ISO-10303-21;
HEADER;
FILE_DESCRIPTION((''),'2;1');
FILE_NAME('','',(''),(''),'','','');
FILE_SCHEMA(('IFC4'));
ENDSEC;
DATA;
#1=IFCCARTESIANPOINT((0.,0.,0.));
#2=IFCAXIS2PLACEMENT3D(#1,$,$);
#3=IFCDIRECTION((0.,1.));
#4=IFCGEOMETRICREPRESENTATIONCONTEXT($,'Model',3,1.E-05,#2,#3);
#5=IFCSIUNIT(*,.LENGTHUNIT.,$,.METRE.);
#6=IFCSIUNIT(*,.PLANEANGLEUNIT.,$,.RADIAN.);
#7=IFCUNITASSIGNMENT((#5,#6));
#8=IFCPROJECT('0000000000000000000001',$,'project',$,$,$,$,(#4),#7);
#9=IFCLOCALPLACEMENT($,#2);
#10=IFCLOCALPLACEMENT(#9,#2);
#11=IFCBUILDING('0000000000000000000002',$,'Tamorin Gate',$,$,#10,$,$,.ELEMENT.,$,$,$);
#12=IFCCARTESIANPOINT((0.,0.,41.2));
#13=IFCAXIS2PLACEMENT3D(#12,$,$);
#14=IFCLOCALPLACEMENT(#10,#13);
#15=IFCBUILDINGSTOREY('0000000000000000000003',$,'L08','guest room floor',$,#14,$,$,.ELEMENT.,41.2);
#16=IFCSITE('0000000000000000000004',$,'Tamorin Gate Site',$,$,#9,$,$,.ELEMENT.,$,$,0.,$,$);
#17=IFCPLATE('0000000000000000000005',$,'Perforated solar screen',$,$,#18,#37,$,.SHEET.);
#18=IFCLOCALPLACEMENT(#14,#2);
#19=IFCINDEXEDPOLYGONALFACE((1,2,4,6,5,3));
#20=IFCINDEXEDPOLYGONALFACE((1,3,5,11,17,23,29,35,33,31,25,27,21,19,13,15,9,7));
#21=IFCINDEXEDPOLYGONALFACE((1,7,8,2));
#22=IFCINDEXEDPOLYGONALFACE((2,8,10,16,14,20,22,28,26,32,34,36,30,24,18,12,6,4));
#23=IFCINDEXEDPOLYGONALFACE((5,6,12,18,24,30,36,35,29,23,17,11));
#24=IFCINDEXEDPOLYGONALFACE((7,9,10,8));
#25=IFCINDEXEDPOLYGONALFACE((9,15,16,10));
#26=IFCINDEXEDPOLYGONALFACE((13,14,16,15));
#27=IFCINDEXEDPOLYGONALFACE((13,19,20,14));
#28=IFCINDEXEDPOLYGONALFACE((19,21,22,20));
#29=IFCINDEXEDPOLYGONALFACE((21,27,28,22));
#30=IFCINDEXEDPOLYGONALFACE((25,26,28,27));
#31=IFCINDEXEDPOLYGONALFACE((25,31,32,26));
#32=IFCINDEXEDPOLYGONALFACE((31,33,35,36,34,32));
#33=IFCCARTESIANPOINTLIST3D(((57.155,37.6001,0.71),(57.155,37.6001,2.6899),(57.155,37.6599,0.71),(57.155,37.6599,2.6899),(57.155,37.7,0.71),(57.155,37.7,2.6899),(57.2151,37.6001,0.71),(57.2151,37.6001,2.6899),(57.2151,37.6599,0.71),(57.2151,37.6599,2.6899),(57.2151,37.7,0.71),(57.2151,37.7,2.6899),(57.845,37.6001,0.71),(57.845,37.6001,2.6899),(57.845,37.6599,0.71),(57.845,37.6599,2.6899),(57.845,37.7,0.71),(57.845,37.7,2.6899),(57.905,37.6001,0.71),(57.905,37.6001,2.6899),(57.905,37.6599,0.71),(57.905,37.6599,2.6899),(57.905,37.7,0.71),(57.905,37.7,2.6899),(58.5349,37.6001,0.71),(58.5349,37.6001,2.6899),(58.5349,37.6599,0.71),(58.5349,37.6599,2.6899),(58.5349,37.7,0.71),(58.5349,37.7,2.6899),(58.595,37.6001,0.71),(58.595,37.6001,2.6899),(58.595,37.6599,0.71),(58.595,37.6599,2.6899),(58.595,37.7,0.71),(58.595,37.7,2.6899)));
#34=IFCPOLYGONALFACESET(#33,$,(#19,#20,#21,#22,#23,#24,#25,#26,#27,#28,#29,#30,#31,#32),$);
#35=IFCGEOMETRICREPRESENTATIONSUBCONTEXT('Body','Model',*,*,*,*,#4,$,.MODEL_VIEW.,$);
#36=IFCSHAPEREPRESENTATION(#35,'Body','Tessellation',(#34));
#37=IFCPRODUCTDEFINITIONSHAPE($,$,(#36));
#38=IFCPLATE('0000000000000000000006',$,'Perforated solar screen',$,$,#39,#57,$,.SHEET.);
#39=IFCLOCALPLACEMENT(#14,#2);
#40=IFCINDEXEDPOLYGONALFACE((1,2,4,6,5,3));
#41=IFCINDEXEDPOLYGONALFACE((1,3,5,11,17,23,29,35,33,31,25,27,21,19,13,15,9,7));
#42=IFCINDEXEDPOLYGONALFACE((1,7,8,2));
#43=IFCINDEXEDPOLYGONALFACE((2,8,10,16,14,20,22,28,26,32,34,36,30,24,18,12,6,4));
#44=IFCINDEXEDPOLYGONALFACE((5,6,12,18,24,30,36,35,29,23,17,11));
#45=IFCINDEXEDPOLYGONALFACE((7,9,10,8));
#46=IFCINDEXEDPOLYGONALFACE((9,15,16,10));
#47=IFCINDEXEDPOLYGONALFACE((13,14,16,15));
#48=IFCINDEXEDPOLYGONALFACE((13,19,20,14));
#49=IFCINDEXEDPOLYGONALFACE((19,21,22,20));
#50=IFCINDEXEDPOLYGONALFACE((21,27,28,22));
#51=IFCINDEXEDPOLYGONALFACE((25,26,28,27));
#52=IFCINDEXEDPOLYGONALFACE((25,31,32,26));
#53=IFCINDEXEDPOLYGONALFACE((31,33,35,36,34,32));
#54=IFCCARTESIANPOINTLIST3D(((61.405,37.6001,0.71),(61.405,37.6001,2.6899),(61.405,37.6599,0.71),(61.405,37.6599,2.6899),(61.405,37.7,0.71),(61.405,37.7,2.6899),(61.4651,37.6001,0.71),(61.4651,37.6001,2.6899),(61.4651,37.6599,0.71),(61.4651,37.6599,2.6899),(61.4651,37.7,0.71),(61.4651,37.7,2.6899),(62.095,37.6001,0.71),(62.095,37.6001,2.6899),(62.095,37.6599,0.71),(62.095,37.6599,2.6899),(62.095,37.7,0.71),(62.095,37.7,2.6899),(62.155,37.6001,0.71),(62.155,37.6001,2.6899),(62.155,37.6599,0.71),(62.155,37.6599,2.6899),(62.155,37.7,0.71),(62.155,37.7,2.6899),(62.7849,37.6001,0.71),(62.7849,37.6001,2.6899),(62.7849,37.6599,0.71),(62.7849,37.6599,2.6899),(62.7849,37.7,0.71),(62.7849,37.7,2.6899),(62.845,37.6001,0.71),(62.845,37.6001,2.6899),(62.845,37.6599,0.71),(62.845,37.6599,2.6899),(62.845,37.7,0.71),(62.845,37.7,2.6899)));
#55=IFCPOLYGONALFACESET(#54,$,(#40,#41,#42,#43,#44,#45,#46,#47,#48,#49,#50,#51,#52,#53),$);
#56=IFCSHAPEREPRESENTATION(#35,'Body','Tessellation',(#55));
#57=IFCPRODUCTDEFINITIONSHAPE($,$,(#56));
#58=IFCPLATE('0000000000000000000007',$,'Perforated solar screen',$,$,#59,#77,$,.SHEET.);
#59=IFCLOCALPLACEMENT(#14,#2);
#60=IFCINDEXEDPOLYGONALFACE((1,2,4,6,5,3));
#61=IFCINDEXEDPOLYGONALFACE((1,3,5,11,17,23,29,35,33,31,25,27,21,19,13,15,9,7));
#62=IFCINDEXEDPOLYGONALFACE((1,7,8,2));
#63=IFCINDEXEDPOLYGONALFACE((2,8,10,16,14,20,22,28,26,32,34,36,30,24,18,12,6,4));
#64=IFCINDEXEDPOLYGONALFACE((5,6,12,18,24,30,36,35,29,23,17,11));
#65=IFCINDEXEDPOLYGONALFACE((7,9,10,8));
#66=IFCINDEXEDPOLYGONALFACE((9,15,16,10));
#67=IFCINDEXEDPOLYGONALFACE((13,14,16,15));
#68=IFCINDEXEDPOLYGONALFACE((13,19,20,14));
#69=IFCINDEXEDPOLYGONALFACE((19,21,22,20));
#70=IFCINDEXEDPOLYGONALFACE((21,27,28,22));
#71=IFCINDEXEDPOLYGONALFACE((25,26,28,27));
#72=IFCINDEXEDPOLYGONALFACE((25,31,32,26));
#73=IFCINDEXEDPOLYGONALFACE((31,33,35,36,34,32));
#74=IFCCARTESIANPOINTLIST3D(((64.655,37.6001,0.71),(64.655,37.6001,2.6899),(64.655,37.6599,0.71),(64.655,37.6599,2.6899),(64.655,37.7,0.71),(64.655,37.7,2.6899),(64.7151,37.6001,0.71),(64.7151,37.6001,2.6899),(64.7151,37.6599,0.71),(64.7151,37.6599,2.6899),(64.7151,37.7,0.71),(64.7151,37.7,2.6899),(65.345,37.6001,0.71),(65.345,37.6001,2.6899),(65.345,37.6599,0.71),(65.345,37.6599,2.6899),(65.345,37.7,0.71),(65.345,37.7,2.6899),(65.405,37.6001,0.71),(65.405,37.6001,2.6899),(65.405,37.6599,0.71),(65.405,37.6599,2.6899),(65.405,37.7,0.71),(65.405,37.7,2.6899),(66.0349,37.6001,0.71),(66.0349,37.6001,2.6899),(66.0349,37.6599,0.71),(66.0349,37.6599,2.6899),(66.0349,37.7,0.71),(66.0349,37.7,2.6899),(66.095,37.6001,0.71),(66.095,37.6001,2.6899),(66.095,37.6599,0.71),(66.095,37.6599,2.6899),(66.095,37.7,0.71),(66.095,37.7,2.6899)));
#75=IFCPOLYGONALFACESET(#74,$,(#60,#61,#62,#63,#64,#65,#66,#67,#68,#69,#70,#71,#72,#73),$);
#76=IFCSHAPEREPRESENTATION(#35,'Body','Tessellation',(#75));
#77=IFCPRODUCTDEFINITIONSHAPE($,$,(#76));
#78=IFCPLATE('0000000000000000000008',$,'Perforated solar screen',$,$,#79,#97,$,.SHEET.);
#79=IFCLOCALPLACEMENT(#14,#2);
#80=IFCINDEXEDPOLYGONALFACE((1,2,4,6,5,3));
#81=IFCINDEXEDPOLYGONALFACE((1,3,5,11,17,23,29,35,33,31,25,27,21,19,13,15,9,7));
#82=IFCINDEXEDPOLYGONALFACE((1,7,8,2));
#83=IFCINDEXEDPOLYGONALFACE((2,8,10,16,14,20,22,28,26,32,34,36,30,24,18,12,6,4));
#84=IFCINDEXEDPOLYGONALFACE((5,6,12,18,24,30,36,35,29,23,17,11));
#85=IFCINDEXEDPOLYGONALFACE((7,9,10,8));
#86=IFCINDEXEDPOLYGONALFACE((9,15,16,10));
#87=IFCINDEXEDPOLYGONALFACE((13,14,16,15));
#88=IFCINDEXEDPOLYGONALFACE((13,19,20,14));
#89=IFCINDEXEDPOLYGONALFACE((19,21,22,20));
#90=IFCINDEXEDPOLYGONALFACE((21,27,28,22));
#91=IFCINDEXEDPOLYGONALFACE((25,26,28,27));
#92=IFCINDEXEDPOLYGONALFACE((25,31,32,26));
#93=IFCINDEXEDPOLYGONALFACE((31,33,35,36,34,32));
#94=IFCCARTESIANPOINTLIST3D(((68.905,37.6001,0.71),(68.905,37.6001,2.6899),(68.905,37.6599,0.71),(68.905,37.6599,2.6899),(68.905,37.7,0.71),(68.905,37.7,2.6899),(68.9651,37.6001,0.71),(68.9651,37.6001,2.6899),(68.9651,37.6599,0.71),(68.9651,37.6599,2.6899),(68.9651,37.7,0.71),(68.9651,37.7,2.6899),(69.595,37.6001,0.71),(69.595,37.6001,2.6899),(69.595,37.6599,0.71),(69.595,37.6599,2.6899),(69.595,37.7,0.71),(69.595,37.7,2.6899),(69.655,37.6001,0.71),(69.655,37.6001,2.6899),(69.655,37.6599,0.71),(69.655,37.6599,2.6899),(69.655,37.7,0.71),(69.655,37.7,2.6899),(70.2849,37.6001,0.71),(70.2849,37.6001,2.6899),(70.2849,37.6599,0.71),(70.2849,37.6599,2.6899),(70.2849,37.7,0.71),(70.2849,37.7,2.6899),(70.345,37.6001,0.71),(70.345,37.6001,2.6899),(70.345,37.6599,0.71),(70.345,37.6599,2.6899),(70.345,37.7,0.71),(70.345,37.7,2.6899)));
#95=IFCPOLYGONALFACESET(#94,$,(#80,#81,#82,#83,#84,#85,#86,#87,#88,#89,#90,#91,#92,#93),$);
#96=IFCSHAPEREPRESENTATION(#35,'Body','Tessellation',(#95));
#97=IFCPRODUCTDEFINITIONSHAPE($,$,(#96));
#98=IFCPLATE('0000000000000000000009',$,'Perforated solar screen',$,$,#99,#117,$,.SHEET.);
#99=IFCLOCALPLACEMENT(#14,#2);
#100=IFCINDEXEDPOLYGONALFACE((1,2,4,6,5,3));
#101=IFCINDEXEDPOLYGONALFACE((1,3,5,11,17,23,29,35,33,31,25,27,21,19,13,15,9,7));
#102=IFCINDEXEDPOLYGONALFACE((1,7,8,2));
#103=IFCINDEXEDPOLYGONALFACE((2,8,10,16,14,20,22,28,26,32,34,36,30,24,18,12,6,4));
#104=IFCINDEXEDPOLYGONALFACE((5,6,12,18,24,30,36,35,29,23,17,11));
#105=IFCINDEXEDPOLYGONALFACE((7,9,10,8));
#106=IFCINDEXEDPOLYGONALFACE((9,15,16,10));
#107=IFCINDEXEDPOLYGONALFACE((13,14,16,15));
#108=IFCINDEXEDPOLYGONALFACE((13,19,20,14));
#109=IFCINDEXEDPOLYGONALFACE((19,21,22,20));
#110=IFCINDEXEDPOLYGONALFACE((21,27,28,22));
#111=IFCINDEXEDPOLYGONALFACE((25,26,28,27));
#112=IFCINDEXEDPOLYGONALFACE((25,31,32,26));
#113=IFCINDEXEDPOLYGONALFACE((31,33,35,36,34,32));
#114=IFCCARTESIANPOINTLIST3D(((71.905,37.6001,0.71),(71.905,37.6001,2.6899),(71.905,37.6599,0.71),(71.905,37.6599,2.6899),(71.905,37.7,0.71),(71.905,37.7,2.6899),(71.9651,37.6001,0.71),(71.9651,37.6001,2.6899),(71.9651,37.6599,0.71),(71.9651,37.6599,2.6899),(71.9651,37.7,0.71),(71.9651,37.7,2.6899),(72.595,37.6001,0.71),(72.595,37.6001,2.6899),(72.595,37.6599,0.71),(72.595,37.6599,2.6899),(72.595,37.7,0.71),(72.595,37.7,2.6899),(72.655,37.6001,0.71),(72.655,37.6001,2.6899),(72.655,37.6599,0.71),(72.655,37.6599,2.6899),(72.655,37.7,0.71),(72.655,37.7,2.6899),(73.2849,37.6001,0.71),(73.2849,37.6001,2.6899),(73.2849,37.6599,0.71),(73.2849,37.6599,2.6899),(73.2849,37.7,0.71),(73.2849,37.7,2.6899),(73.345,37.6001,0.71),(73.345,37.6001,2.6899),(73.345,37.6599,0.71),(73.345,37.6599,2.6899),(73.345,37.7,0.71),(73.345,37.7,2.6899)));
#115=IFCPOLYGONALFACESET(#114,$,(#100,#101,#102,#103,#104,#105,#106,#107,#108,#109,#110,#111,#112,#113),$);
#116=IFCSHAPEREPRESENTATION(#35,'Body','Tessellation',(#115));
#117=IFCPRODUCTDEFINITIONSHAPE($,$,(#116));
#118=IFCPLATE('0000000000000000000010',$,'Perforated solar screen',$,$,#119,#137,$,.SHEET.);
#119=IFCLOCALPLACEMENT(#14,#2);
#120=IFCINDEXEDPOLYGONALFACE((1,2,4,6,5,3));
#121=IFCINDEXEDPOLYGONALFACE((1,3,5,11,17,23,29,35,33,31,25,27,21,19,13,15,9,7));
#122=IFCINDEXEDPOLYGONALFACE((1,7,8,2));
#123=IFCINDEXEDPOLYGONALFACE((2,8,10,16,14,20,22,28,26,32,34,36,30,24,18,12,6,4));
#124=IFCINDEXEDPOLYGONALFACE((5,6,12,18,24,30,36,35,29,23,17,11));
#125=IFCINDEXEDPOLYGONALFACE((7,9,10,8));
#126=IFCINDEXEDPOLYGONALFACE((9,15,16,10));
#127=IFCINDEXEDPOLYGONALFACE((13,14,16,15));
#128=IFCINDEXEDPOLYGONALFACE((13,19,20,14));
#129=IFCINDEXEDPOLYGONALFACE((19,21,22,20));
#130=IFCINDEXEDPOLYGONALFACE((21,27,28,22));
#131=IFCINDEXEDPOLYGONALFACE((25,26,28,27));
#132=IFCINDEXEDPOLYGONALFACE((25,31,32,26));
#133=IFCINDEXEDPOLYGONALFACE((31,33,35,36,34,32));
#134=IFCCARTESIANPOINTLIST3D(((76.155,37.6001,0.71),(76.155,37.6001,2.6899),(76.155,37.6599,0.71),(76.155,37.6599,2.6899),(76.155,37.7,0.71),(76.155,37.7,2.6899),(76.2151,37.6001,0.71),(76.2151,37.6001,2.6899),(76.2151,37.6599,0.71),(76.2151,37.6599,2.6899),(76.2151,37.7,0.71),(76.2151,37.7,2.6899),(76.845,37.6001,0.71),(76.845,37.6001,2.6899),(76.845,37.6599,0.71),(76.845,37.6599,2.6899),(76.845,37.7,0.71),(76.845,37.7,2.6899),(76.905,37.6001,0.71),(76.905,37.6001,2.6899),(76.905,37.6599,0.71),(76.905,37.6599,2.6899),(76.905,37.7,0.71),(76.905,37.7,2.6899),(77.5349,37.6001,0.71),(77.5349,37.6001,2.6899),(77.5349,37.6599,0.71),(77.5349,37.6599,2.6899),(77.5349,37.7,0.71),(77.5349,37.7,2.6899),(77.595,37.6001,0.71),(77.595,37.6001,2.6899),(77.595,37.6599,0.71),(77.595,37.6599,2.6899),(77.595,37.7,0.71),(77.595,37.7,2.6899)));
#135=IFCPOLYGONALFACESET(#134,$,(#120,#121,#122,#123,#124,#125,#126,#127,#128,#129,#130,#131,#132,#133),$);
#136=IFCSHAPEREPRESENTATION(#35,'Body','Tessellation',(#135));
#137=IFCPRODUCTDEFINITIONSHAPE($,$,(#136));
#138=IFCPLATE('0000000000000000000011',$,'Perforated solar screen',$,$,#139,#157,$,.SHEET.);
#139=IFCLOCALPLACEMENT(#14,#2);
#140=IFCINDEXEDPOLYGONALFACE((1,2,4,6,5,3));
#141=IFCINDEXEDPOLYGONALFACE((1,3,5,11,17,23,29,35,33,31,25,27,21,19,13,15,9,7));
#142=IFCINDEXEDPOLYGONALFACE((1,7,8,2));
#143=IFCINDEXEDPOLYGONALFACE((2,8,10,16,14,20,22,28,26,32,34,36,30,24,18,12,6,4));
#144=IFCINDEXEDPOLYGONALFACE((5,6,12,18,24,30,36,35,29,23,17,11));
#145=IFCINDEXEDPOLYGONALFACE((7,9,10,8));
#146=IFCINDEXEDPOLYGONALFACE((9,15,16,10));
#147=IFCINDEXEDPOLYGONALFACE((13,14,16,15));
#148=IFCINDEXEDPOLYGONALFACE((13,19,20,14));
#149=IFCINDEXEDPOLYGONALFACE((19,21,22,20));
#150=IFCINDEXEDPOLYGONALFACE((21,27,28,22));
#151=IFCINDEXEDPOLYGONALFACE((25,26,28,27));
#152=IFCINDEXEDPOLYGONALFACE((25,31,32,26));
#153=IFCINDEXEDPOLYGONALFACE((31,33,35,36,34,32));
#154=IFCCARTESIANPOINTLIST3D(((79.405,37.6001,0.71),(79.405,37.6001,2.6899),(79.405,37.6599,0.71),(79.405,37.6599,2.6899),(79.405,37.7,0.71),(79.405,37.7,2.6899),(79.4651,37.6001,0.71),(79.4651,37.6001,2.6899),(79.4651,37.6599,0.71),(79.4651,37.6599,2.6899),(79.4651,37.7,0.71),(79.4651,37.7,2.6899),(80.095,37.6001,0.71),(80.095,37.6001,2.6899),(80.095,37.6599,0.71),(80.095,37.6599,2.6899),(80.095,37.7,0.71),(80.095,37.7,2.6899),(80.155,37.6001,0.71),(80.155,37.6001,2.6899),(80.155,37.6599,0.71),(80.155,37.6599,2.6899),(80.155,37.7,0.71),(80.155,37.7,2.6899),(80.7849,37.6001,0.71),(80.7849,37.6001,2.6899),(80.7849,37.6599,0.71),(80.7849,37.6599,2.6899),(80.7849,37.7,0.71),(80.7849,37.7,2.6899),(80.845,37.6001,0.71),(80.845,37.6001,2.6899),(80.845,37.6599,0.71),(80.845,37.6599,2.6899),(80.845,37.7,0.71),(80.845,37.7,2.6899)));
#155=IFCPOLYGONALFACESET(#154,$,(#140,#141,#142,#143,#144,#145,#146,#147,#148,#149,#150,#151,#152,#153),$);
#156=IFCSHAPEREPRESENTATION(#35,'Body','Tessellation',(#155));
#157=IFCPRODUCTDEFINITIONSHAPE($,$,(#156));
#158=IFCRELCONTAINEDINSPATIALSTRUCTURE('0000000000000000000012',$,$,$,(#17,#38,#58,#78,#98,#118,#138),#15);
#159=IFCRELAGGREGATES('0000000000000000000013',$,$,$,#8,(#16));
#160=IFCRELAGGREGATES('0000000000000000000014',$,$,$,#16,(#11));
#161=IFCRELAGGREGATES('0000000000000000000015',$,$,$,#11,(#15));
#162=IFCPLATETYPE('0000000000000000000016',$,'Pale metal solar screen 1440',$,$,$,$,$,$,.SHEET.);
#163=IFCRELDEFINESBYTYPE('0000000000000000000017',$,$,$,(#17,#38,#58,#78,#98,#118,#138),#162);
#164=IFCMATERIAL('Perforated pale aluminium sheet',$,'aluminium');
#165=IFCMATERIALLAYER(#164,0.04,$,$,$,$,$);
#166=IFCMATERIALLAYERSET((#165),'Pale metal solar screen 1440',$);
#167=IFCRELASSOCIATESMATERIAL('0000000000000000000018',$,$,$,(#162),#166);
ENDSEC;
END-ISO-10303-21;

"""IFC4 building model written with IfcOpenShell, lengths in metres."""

from ifc_helpers import new_model, si_unit, direction, frame, origin, place, context, subcontext, project, spatial, polyline, outline, extrude, material, layer, layer_set, type_object, element, save


model = new_model("IFC4")

# Units and contexts
model_context = context("Model", 3, precision=1e-05, world=origin(), true_north=direction((0.0, 1.0)))
body_context = subcontext(model_context, "Body", "Model", "MODEL_VIEW")
ifc_project = project(units=[si_unit("LENGTHUNIT", "METRE"), si_unit("PLANEANGLEUNIT", "RADIAN")], contexts=[model_context])

# Site, building, storey
site_placement = place(None, origin())
site = spatial("IfcSite", under=ifc_project, at=site_placement, Name="Tamorin Gate Site", CompositionType="ELEMENT", RefElevation=0.0)
building_placement = place(site_placement, origin())
building = spatial("IfcBuilding", under=site, at=building_placement, Name="Tamorin Gate", CompositionType="ELEMENT")
storey_placement = place(building_placement, frame((0.0, 0.0, 41.2)))
storey = spatial("IfcBuildingStorey", under=building, at=storey_placement, Name="L08", Description="guest room floor", CompositionType="ELEMENT", Elevation=41.2)

# Plates
ifc_material_1 = material(Name="Perforated pale aluminium sheet", Category="aluminium")
ifc_layer_1 = layer(ifc_material_1, 0.04)
ifc_layer_set_1 = layer_set([ifc_layer_1], Name="Pale metal solar screen 1440")
plate_type = type_object("IfcPlateType", Name="Pale metal solar screen 1440", PredefinedType="SHEET", material=ifc_layer_set_1)
plate_1_placement = place(storey_placement, frame((0.0, 0.0, 0.71)))
element("IfcPlate", 1, at=plate_1_placement, inside=storey, type_object=plate_type, Name="Perforated solar screen", PredefinedType="SHEET", context=body_context, shape_type="SweptSolid", body=[
    extrude(outline(polyline([(57.155, 37.6599), (57.155, 37.7), (57.2151, 37.7), (57.845, 37.7), (57.905, 37.7), (58.5349, 37.7), (58.595, 37.7), (58.595, 37.6599), (58.595, 37.6001), (58.5349, 37.6001), (58.5349, 37.6599), (57.905, 37.6599), (57.905, 37.6001), (57.845, 37.6001), (57.845, 37.6599), (57.2151, 37.6599), (57.2151, 37.6001), (57.155, 37.6001), (57.155, 37.6599)])), origin(), (0.0, 0.0, 1.0), 1.98),
])
plate_2_placement = place(storey_placement, frame((0.0, 0.0, 0.71)))
element("IfcPlate", 2, at=plate_2_placement, inside=storey, type_object=plate_type, Name="Perforated solar screen", PredefinedType="SHEET", context=body_context, shape_type="SweptSolid", body=[
    extrude(outline(polyline([(61.405, 37.6599), (61.405, 37.7), (61.4651, 37.7), (62.095, 37.7), (62.155, 37.7), (62.7849, 37.7), (62.845, 37.7), (62.845, 37.6599), (62.845, 37.6001), (62.7849, 37.6001), (62.7849, 37.6599), (62.155, 37.6599), (62.155, 37.6001), (62.095, 37.6001), (62.095, 37.6599), (61.4651, 37.6599), (61.4651, 37.6001), (61.405, 37.6001), (61.405, 37.6599)])), origin(), (0.0, 0.0, 1.0), 1.98),
])
plate_3_placement = place(storey_placement, frame((0.0, 0.0, 0.71)))
element("IfcPlate", 3, at=plate_3_placement, inside=storey, type_object=plate_type, Name="Perforated solar screen", PredefinedType="SHEET", context=body_context, shape_type="SweptSolid", body=[
    extrude(outline(polyline([(64.655, 37.6599), (64.655, 37.7), (64.7151, 37.7), (65.345, 37.7), (65.405, 37.7), (66.0349, 37.7), (66.095, 37.7), (66.095, 37.6599), (66.095, 37.6001), (66.0349, 37.6001), (66.0349, 37.6599), (65.405, 37.6599), (65.405, 37.6001), (65.345, 37.6001), (65.345, 37.6599), (64.7151, 37.6599), (64.7151, 37.6001), (64.655, 37.6001), (64.655, 37.6599)])), origin(), (0.0, 0.0, 1.0), 1.98),
])
plate_4_placement = place(storey_placement, frame((0.0, 0.0, 0.71)))
element("IfcPlate", 4, at=plate_4_placement, inside=storey, type_object=plate_type, Name="Perforated solar screen", PredefinedType="SHEET", context=body_context, shape_type="SweptSolid", body=[
    extrude(outline(polyline([(68.905, 37.6599), (68.905, 37.7), (68.9651, 37.7), (69.595, 37.7), (69.655, 37.7), (70.2849, 37.7), (70.345, 37.7), (70.345, 37.6599), (70.345, 37.6001), (70.2849, 37.6001), (70.2849, 37.6599), (69.655, 37.6599), (69.655, 37.6001), (69.595, 37.6001), (69.595, 37.6599), (68.9651, 37.6599), (68.9651, 37.6001), (68.905, 37.6001), (68.905, 37.6599)])), origin(), (0.0, 0.0, 1.0), 1.98),
])
plate_5_placement = place(storey_placement, frame((0.0, 0.0, 0.71)))
element("IfcPlate", 5, at=plate_5_placement, inside=storey, type_object=plate_type, Name="Perforated solar screen", PredefinedType="SHEET", context=body_context, shape_type="SweptSolid", body=[
    extrude(outline(polyline([(71.905, 37.6599), (71.905, 37.7), (71.9651, 37.7), (72.595, 37.7), (72.655, 37.7), (73.2849, 37.7), (73.345, 37.7), (73.345, 37.6599), (73.345, 37.6001), (73.2849, 37.6001), (73.2849, 37.6599), (72.655, 37.6599), (72.655, 37.6001), (72.595, 37.6001), (72.595, 37.6599), (71.9651, 37.6599), (71.9651, 37.6001), (71.905, 37.6001), (71.905, 37.6599)])), origin(), (0.0, 0.0, 1.0), 1.98),
])
plate_6_placement = place(storey_placement, frame((0.0, 0.0, 0.71)))
element("IfcPlate", 6, at=plate_6_placement, inside=storey, type_object=plate_type, Name="Perforated solar screen", PredefinedType="SHEET", context=body_context, shape_type="SweptSolid", body=[
    extrude(outline(polyline([(76.155, 37.6599), (76.155, 37.7), (76.2151, 37.7), (76.845, 37.7), (76.905, 37.7), (77.5349, 37.7), (77.595, 37.7), (77.595, 37.6599), (77.595, 37.6001), (77.5349, 37.6001), (77.5349, 37.6599), (76.905, 37.6599), (76.905, 37.6001), (76.845, 37.6001), (76.845, 37.6599), (76.2151, 37.6599), (76.2151, 37.6001), (76.155, 37.6001), (76.155, 37.6599)])), origin(), (0.0, 0.0, 1.0), 1.98),
])
plate_7_placement = place(storey_placement, frame((0.0, 0.0, 0.71)))
element("IfcPlate", 7, at=plate_7_placement, inside=storey, type_object=plate_type, Name="Perforated solar screen", PredefinedType="SHEET", context=body_context, shape_type="SweptSolid", body=[
    extrude(outline(polyline([(79.405, 37.6599), (79.405, 37.7), (79.4651, 37.7), (80.095, 37.7), (80.155, 37.7), (80.7849, 37.7), (80.845, 37.7), (80.845, 37.6599), (80.845, 37.6001), (80.7849, 37.6001), (80.7849, 37.6599), (80.155, 37.6599), (80.155, 37.6001), (80.095, 37.6001), (80.095, 37.6599), (79.4651, 37.6599), (79.4651, 37.6001), (79.405, 37.6001), (79.405, 37.6599)])), origin(), (0.0, 0.0, 1.0), 1.98),
])

save(model, "model.ifc")
